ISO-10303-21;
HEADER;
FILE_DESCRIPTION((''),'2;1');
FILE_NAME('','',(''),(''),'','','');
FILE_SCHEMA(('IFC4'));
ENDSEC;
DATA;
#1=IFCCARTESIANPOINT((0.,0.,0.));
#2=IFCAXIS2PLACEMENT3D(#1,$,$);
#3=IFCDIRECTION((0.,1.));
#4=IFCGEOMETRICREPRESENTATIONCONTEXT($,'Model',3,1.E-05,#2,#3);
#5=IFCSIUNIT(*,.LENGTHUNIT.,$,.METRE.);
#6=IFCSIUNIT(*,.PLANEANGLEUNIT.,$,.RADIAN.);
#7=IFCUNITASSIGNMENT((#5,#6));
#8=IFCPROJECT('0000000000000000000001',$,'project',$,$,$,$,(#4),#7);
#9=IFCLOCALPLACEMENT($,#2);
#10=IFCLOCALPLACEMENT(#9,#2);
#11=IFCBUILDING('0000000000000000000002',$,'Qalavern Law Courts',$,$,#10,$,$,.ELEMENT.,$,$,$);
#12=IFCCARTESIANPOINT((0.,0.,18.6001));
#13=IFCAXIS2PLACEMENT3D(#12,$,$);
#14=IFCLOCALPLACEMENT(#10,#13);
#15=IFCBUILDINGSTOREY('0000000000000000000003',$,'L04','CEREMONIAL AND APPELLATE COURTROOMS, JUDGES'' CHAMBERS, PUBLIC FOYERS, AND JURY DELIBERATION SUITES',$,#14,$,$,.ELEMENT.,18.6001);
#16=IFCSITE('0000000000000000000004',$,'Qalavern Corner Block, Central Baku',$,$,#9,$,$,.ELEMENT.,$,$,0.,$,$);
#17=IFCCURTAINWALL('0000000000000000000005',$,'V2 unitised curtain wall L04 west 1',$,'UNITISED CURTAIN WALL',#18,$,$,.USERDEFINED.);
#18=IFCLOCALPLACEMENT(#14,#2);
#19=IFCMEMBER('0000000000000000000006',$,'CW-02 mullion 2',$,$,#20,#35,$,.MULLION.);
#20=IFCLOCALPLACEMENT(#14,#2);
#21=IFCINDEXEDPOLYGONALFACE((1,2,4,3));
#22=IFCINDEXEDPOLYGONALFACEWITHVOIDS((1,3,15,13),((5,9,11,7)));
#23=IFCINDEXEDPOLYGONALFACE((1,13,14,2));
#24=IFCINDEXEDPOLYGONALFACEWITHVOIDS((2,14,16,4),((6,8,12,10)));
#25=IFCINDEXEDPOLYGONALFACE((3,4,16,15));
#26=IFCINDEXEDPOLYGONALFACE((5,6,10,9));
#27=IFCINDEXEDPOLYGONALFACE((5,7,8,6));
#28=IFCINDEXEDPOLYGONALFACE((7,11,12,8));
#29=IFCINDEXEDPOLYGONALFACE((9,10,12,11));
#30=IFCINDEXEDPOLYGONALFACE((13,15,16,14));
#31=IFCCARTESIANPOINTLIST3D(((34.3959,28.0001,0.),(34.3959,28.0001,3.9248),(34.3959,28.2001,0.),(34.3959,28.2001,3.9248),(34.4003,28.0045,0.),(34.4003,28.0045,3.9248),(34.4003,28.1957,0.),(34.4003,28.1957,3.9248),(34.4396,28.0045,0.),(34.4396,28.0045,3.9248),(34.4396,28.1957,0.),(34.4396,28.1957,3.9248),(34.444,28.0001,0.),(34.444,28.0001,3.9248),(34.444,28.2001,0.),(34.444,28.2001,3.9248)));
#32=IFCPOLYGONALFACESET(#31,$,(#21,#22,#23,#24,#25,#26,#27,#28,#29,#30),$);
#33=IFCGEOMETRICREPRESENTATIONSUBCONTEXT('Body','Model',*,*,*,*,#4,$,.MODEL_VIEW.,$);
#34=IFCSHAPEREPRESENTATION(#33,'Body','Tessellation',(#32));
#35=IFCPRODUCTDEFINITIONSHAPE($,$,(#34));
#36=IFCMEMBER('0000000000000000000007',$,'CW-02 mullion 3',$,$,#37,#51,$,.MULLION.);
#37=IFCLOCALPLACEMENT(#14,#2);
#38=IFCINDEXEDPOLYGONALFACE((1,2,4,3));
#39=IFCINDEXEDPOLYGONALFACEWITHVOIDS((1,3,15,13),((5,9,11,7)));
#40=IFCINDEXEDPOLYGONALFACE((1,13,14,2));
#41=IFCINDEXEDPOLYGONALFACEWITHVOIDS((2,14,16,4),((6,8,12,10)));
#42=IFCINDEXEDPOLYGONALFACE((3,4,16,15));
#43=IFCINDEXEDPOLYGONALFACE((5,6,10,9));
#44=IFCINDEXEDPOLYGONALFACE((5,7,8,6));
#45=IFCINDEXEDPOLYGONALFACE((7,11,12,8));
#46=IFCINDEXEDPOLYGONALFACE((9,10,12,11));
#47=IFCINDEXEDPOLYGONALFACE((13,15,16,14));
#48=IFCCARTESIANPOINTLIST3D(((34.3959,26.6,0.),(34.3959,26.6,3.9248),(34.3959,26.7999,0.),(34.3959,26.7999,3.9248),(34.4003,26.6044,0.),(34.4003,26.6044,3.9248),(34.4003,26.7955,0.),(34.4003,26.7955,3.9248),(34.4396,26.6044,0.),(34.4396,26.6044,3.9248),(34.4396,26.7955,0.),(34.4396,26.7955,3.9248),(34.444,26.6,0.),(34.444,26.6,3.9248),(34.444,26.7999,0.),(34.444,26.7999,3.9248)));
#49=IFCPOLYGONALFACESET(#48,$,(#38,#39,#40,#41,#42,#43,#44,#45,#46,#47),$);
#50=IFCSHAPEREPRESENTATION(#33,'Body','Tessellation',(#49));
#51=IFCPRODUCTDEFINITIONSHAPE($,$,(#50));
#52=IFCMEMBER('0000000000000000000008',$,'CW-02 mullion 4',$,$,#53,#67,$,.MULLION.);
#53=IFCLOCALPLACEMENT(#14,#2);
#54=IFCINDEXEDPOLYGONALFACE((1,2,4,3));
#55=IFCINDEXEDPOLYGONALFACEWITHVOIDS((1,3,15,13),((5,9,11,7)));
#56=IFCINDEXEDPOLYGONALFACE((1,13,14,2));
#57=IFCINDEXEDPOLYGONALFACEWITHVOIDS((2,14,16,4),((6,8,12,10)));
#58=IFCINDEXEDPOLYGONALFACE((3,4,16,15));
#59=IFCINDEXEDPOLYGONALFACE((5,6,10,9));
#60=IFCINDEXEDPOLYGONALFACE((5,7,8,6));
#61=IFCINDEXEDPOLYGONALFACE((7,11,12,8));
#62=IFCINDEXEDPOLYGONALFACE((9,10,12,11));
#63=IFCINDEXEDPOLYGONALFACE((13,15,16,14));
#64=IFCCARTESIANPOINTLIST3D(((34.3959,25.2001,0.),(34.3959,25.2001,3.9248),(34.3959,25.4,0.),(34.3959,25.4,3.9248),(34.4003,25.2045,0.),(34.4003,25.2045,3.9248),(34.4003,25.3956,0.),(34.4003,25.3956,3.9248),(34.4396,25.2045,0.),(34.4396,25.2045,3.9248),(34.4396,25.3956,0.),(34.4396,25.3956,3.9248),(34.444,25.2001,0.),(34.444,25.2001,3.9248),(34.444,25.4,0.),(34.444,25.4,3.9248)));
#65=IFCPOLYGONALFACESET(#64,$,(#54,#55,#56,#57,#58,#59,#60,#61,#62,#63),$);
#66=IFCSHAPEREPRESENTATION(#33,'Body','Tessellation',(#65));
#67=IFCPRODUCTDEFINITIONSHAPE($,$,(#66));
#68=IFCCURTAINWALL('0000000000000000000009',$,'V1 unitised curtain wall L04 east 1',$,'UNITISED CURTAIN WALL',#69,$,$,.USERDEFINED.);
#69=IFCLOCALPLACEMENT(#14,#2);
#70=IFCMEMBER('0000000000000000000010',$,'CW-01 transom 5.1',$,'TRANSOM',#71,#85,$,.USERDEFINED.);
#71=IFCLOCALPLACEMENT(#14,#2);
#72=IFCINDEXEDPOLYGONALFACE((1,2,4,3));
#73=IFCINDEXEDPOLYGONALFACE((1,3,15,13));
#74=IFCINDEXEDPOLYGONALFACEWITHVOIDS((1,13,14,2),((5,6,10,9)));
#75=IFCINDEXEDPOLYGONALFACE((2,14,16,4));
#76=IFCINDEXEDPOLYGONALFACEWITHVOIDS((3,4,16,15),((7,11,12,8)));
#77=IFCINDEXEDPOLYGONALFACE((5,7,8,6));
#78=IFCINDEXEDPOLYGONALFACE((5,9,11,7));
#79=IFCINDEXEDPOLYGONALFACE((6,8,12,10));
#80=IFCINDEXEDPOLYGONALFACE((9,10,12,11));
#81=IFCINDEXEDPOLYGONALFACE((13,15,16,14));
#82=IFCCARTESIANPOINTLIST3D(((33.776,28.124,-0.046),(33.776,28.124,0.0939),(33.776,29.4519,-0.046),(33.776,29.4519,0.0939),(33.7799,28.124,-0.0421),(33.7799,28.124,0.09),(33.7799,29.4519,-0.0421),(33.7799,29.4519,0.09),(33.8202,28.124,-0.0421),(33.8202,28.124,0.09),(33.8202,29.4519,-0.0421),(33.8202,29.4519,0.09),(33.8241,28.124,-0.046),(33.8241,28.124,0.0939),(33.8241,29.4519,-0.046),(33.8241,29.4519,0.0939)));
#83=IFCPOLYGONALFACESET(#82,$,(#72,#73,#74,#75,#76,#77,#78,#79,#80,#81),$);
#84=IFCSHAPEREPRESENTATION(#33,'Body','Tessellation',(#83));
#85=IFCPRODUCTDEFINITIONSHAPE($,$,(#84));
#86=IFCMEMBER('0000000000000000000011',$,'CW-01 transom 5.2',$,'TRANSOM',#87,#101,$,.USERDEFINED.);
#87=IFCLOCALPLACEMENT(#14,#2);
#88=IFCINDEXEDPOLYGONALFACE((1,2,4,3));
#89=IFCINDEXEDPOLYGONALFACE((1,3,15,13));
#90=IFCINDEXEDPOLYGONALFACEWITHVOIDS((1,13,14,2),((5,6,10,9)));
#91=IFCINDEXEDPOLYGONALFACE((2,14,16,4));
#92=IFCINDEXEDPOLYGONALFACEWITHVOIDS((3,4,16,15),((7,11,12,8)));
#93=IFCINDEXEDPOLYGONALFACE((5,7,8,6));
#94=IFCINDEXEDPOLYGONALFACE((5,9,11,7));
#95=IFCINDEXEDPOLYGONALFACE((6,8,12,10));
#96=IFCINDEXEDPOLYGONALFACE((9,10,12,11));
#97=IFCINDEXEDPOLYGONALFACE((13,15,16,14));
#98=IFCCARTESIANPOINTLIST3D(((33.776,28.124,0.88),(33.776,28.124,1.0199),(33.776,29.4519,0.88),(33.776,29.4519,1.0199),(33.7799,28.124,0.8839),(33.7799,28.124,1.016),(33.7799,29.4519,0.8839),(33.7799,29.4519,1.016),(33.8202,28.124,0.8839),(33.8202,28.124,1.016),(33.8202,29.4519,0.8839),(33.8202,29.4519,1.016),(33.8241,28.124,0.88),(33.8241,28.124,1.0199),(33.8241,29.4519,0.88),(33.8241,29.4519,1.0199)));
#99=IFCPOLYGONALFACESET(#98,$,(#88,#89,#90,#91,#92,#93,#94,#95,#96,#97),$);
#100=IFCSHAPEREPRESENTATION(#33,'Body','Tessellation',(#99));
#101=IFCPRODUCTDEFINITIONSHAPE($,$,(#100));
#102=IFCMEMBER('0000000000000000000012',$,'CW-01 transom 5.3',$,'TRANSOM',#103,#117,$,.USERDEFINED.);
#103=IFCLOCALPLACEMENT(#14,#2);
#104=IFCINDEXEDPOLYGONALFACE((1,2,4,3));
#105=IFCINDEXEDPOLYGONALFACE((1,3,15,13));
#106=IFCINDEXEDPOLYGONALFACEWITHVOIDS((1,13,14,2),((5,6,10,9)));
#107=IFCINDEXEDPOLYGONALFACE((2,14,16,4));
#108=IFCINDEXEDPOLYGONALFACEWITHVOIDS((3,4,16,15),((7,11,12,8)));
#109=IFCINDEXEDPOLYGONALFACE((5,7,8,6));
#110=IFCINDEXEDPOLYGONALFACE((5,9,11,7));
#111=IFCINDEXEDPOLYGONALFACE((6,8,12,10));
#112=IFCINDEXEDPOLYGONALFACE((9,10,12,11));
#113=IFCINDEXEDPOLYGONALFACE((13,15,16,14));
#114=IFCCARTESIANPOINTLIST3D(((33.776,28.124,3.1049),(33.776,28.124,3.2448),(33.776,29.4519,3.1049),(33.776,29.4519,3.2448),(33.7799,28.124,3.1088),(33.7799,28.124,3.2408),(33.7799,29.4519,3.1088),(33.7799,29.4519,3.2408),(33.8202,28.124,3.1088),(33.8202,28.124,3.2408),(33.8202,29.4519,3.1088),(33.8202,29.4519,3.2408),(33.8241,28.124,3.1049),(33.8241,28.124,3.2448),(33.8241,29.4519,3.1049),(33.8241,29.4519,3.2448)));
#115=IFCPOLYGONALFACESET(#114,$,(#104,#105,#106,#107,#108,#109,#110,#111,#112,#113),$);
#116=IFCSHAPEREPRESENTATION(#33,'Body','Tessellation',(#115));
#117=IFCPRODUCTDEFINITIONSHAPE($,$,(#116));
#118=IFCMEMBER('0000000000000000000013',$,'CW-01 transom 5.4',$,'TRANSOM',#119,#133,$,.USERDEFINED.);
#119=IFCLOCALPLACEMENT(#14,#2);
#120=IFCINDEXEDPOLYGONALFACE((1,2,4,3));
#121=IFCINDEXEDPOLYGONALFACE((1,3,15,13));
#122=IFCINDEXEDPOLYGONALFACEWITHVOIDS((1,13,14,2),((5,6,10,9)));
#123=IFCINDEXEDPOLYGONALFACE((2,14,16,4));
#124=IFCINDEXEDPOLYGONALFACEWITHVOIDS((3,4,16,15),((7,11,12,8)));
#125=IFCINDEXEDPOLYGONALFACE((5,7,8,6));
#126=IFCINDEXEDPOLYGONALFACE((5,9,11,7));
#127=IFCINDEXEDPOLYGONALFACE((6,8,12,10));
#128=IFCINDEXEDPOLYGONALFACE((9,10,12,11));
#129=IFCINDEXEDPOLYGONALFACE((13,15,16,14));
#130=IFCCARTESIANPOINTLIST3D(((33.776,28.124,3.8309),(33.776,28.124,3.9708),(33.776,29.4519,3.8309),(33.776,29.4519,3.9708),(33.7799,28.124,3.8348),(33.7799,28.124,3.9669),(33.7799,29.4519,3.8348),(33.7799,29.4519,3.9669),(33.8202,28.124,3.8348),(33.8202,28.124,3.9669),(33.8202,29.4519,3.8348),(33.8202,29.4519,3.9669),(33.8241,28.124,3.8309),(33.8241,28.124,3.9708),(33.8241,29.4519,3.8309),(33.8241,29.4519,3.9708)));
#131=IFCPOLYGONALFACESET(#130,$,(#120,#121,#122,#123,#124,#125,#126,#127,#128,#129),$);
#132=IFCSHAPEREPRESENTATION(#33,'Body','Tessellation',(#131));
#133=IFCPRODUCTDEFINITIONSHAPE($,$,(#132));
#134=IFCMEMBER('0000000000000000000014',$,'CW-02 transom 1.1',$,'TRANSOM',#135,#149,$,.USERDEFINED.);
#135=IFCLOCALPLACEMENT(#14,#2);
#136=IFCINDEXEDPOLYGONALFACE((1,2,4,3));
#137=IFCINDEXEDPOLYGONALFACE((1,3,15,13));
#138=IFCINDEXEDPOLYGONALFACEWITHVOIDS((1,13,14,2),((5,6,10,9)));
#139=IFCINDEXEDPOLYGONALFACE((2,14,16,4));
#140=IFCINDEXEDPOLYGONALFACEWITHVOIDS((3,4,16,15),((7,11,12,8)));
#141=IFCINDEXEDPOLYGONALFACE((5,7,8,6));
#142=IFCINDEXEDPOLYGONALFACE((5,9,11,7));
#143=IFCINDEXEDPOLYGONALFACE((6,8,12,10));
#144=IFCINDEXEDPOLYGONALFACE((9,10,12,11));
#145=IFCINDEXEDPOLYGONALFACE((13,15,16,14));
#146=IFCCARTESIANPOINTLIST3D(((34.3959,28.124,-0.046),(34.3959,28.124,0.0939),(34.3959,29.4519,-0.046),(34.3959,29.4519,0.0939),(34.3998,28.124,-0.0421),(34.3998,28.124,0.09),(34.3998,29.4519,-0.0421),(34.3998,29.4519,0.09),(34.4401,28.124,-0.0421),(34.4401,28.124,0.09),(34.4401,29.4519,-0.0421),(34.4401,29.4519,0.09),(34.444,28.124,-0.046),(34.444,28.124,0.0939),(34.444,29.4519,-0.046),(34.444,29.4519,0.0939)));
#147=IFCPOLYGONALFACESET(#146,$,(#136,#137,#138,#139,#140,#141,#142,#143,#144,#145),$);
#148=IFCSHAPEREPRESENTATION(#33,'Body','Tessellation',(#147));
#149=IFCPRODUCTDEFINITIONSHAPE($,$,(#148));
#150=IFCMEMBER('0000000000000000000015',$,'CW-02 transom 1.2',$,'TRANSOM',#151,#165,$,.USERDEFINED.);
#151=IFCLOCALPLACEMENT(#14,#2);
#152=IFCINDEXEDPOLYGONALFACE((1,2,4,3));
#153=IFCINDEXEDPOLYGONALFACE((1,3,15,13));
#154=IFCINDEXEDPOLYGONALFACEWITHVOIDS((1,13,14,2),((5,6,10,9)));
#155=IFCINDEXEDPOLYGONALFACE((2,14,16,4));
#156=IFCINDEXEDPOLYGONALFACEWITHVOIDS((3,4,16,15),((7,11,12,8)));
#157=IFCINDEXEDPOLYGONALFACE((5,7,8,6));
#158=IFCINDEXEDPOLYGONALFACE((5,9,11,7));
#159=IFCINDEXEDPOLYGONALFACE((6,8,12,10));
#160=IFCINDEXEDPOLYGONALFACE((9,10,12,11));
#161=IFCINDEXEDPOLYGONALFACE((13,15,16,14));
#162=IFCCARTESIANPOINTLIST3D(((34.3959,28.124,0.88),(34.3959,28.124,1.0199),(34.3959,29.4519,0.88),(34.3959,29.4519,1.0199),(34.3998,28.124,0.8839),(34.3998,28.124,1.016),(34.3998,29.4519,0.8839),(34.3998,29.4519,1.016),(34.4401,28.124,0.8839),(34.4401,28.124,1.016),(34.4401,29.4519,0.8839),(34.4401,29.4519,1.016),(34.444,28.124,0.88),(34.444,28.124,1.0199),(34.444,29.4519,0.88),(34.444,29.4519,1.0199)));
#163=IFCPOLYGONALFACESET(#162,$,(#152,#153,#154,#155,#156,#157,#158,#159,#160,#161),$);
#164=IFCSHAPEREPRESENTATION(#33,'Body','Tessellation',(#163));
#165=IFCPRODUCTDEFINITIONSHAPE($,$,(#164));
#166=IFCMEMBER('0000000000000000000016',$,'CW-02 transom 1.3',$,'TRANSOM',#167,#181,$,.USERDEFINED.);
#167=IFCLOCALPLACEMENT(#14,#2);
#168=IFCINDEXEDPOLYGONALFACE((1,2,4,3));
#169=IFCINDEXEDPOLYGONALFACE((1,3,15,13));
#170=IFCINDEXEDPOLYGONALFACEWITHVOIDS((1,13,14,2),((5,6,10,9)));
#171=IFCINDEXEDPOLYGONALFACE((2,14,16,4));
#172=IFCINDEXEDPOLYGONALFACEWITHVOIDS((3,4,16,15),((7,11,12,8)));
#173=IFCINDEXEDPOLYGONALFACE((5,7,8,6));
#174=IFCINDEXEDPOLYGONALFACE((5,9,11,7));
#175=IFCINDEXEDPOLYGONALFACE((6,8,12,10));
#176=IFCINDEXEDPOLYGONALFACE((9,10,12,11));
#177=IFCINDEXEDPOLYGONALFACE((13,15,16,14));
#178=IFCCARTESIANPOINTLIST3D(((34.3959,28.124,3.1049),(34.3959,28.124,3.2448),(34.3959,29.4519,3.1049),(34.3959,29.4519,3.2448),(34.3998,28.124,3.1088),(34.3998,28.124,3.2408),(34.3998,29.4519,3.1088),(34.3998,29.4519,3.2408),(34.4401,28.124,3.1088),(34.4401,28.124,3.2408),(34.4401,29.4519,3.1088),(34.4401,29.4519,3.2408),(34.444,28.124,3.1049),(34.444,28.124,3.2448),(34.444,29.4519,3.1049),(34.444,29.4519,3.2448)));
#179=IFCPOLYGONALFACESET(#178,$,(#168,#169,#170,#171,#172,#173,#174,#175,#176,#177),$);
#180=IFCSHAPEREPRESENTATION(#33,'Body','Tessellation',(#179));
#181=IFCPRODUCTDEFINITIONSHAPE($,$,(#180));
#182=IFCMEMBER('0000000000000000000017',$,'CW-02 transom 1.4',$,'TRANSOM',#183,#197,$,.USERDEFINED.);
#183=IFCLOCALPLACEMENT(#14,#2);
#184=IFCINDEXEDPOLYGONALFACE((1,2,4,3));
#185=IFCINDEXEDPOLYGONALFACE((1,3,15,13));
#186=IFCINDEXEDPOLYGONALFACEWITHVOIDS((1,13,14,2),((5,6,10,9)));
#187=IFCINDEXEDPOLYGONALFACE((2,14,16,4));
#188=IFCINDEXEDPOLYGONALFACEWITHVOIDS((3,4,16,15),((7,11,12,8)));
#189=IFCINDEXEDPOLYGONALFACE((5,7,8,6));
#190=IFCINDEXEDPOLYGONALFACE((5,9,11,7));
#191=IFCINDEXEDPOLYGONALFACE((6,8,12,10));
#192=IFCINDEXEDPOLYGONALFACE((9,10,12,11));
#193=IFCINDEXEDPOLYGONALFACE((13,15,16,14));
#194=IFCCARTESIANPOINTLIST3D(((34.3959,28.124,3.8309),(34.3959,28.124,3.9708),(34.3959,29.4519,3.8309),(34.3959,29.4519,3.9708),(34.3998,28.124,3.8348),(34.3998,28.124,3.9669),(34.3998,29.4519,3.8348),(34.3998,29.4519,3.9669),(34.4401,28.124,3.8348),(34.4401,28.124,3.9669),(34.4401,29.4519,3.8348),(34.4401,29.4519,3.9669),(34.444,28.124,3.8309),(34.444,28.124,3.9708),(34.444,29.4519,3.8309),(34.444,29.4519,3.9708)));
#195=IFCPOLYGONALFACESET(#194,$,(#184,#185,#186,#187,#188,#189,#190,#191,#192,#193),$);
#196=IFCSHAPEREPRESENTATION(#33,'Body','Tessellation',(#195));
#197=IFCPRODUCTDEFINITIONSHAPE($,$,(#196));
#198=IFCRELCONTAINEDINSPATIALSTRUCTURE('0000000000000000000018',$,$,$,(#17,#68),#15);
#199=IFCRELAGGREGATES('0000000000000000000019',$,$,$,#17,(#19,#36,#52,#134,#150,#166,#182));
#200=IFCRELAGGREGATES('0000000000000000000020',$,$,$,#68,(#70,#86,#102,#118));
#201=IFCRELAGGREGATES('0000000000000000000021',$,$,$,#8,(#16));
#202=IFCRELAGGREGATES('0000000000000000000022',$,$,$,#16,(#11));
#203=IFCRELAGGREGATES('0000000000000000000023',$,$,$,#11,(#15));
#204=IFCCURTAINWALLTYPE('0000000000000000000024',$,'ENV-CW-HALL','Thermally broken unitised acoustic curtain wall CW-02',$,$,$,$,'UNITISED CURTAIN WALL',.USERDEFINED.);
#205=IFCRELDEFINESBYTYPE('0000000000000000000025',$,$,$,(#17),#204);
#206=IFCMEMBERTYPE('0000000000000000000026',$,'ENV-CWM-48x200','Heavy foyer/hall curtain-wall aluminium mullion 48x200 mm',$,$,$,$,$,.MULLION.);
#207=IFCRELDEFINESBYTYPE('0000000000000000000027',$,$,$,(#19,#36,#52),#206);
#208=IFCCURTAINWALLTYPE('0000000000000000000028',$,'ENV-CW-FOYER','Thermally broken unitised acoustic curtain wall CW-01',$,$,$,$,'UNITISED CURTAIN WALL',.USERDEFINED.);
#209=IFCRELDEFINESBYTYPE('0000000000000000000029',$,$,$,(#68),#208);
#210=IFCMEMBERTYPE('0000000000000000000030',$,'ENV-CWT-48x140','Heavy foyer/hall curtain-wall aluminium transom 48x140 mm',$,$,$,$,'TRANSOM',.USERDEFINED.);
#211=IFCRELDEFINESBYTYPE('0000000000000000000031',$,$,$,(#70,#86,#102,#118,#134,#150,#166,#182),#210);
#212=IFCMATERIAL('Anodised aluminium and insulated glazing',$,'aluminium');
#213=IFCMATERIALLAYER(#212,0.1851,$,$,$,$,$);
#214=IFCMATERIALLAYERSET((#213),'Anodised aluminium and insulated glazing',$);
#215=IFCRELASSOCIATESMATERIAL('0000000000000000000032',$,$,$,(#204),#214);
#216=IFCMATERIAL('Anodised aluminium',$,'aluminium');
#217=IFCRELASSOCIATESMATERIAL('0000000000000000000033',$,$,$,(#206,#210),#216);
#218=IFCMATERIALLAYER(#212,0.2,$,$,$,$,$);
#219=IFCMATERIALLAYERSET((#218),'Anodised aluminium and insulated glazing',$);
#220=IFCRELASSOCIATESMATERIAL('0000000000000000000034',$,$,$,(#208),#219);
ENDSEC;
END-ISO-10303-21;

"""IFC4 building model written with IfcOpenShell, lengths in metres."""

from ifc_helpers import new_model, si_unit, direction, frame, origin, origin_2d, place, context, subcontext, project, spatial, hollow_rectangle, extrude, material, layer, layer_set, material_profile, profile_set, type_object, element, aggregate, save


model = new_model("IFC4")

# Units and contexts
model_context = context("Model", 3, precision=1e-05, world=origin(), true_north=direction((0.0, 1.0)))
body_context = subcontext(model_context, "Body", "Model", "MODEL_VIEW")
ifc_project = project(units=[si_unit("LENGTHUNIT", "METRE"), si_unit("PLANEANGLEUNIT", "RADIAN")], contexts=[model_context])

# Site, building, storey
site_placement = place(None, origin())
site = spatial("IfcSite", under=ifc_project, at=site_placement, Name="Qalavern Corner Block, Central Baku", CompositionType="ELEMENT", RefElevation=0.0)
building_placement = place(site_placement, origin())
building = spatial("IfcBuilding", under=site, at=building_placement, Name="Qalavern Law Courts", CompositionType="ELEMENT")
storey_placement = place(building_placement, frame((0.0, 0.0, 18.6001)))
storey = spatial("IfcBuildingStorey", under=building, at=storey_placement, Name="L04", Description="CEREMONIAL AND APPELLATE COURTROOMS, JUDGES' CHAMBERS, PUBLIC FOYERS, AND JURY DELIBERATION SUITES", CompositionType="ELEMENT", Elevation=18.6001)

# Curtain walls, members
ifc_material_1 = material(Name="Anodised aluminium and insulated glazing", Category="aluminium")
ifc_layer_1 = layer(ifc_material_1, 0.1851)
ifc_layer_set_1 = layer_set([ifc_layer_1], Name="Anodised aluminium and insulated glazing")
curtain_wall_type_1 = type_object("IfcCurtainWallType", Name="ENV-CW-HALL", Description="Thermally broken unitised acoustic curtain wall CW-02", ElementType="UNITISED CURTAIN WALL", PredefinedType="USERDEFINED", material=ifc_layer_set_1)
curtain_wall_1_placement = place(storey_placement, origin())
curtain_wall_1 = element("IfcCurtainWall", 1, at=curtain_wall_1_placement, inside=storey, type_object=curtain_wall_type_1, Name="V2 unitised curtain wall L04 west 1", ObjectType="UNITISED CURTAIN WALL", PredefinedType="USERDEFINED")
ifc_material_2 = material(Name="Anodised aluminium", Category="aluminium")
ifc_material_profile_1 = material_profile(ifc_material_2, hollow_rectangle(XDim=0.0481, YDim=0.2, WallThickness=0.0044, at=origin_2d()), Name="ALU MULLION 48x200")
ifc_profile_set_1 = profile_set([ifc_material_profile_1], Name="Anodised aluminium")
member_type_1 = type_object("IfcMemberType", Name="ENV-CWM-48x200", Description="Heavy foyer/hall curtain-wall aluminium mullion 48x200 mm", PredefinedType="MULLION", material=ifc_profile_set_1)
member_1_placement = place(storey_placement, frame((34.4199, 28.1001, 0.0), z_axis=(0.0, 0.0, 1.0), x_axis=(1.0, 0.0, 0.0)))
member_1 = element("IfcMember", 2, at=member_1_placement, type_object=member_type_1, Name="CW-02 mullion 2", PredefinedType="MULLION", context=body_context, shape_type="SweptSolid", body=[
    extrude(hollow_rectangle(XDim=0.0481, YDim=0.2, WallThickness=0.0044, at=origin_2d()), origin(), (0.0, 0.0, 1.0), 3.9248),
])
member_2_placement = place(storey_placement, frame((34.4199, 26.7, 0.0), z_axis=(0.0, 0.0, 1.0), x_axis=(1.0, 0.0, 0.0)))
member_2 = element("IfcMember", 3, at=member_2_placement, type_object=member_type_1, Name="CW-02 mullion 3", PredefinedType="MULLION", context=body_context, shape_type="SweptSolid", body=[
    extrude(hollow_rectangle(XDim=0.0481, YDim=0.2, WallThickness=0.0044, at=origin_2d()), origin(), (0.0, 0.0, 1.0), 3.9248),
])
member_3_placement = place(storey_placement, frame((34.4199, 25.3, 0.0), z_axis=(0.0, 0.0, 1.0), x_axis=(1.0, 0.0, 0.0)))
member_3 = element("IfcMember", 4, at=member_3_placement, type_object=member_type_1, Name="CW-02 mullion 4", PredefinedType="MULLION", context=body_context, shape_type="SweptSolid", body=[
    extrude(hollow_rectangle(XDim=0.0481, YDim=0.2, WallThickness=0.0044, at=origin_2d()), origin(), (0.0, 0.0, 1.0), 3.9248),
])
ifc_layer_2 = layer(ifc_material_1, 0.2)
ifc_layer_set_2 = layer_set([ifc_layer_2], Name="Anodised aluminium and insulated glazing")
curtain_wall_type_2 = type_object("IfcCurtainWallType", Name="ENV-CW-FOYER", Description="Thermally broken unitised acoustic curtain wall CW-01", ElementType="UNITISED CURTAIN WALL", PredefinedType="USERDEFINED", material=ifc_layer_set_2)
curtain_wall_2_placement = place(storey_placement, origin())
curtain_wall_2 = element("IfcCurtainWall", 5, at=curtain_wall_2_placement, inside=storey, type_object=curtain_wall_type_2, Name="V1 unitised curtain wall L04 east 1", ObjectType="UNITISED CURTAIN WALL", PredefinedType="USERDEFINED")
ifc_material_profile_2 = material_profile(ifc_material_2, hollow_rectangle(XDim=0.0481, YDim=0.1399, WallThickness=0.0039, at=origin_2d()), Name="ALU TRANSOM 48x140")
ifc_profile_set_2 = profile_set([ifc_material_profile_2], Name="Anodised aluminium")
member_type_2 = type_object("IfcMemberType", Name="ENV-CWT-48x140", Description="Heavy foyer/hall curtain-wall aluminium transom 48x140 mm", ElementType="TRANSOM", PredefinedType="USERDEFINED", material=ifc_profile_set_2)
member_4_placement = place(storey_placement, frame((33.8, 28.124, 0.0239), z_axis=(0.0, 1.0, 0.0), x_axis=(-1.0, 0.0, 0.0)))
member_4 = element("IfcMember", 6, at=member_4_placement, type_object=member_type_2, Name="CW-01 transom 5.1", ObjectType="TRANSOM", PredefinedType="USERDEFINED", context=body_context, shape_type="SweptSolid", body=[
    extrude(hollow_rectangle(XDim=0.0481, YDim=0.1399, WallThickness=0.0039, at=origin_2d()), origin(), (0.0, 0.0, 1.0), 1.3279),
])
member_5_placement = place(storey_placement, frame((33.8, 28.124, 0.95), z_axis=(0.0, 1.0, 0.0), x_axis=(-1.0, 0.0, 0.0)))
member_5 = element("IfcMember", 7, at=member_5_placement, type_object=member_type_2, Name="CW-01 transom 5.2", ObjectType="TRANSOM", PredefinedType="USERDEFINED", context=body_context, shape_type="SweptSolid", body=[
    extrude(hollow_rectangle(XDim=0.0481, YDim=0.1399, WallThickness=0.0039, at=origin_2d()), origin(), (0.0, 0.0, 1.0), 1.3279),
])
member_6_placement = place(storey_placement, frame((33.8, 28.124, 3.1748), z_axis=(0.0, 1.0, 0.0), x_axis=(-1.0, 0.0, 0.0)))
member_6 = element("IfcMember", 8, at=member_6_placement, type_object=member_type_2, Name="CW-01 transom 5.3", ObjectType="TRANSOM", PredefinedType="USERDEFINED", context=body_context, shape_type="SweptSolid", body=[
    extrude(hollow_rectangle(XDim=0.0481, YDim=0.1399, WallThickness=0.0039, at=origin_2d()), origin(), (0.0, 0.0, 1.0), 1.3279),
])
member_7_placement = place(storey_placement, frame((33.8, 28.124, 3.9009), z_axis=(0.0, 1.0, 0.0), x_axis=(-1.0, 0.0, 0.0)))
member_7 = element("IfcMember", 9, at=member_7_placement, type_object=member_type_2, Name="CW-01 transom 5.4", ObjectType="TRANSOM", PredefinedType="USERDEFINED", context=body_context, shape_type="SweptSolid", body=[
    extrude(hollow_rectangle(XDim=0.0481, YDim=0.1399, WallThickness=0.0039, at=origin_2d()), origin(), (0.0, 0.0, 1.0), 1.3279),
])

# Members
member_8_placement = place(storey_placement, frame((34.4199, 29.4519, 0.0239), z_axis=(0.0, -1.0, 0.0), x_axis=(1.0, 0.0, 0.0)))
member_8 = element("IfcMember", 10, at=member_8_placement, type_object=member_type_2, Name="CW-02 transom 1.1", ObjectType="TRANSOM", PredefinedType="USERDEFINED", context=body_context, shape_type="SweptSolid", body=[
    extrude(hollow_rectangle(XDim=0.0481, YDim=0.1399, WallThickness=0.0039, at=origin_2d()), origin(), (0.0, 0.0, 1.0), 1.3279),
])
member_9_placement = place(storey_placement, frame((34.4199, 29.4519, 0.95), z_axis=(0.0, -1.0, 0.0), x_axis=(1.0, 0.0, 0.0)))
member_9 = element("IfcMember", 11, at=member_9_placement, type_object=member_type_2, Name="CW-02 transom 1.2", ObjectType="TRANSOM", PredefinedType="USERDEFINED", context=body_context, shape_type="SweptSolid", body=[
    extrude(hollow_rectangle(XDim=0.0481, YDim=0.1399, WallThickness=0.0039, at=origin_2d()), origin(), (0.0, 0.0, 1.0), 1.3279),
])
member_10_placement = place(storey_placement, frame((34.4199, 29.4519, 3.1748), z_axis=(0.0, -1.0, 0.0), x_axis=(1.0, 0.0, 0.0)))
member_10 = element("IfcMember", 12, at=member_10_placement, type_object=member_type_2, Name="CW-02 transom 1.3", ObjectType="TRANSOM", PredefinedType="USERDEFINED", context=body_context, shape_type="SweptSolid", body=[
    extrude(hollow_rectangle(XDim=0.0481, YDim=0.1399, WallThickness=0.0039, at=origin_2d()), origin(), (0.0, 0.0, 1.0), 1.3279),
])
member_11_placement = place(storey_placement, frame((34.4199, 29.4519, 3.9009), z_axis=(0.0, -1.0, 0.0), x_axis=(1.0, 0.0, 0.0)))
member_11 = element("IfcMember", 13, at=member_11_placement, type_object=member_type_2, Name="CW-02 transom 1.4", ObjectType="TRANSOM", PredefinedType="USERDEFINED", context=body_context, shape_type="SweptSolid", body=[
    extrude(hollow_rectangle(XDim=0.0481, YDim=0.1399, WallThickness=0.0039, at=origin_2d()), origin(), (0.0, 0.0, 1.0), 1.3279),
])

aggregate(curtain_wall_1, [member_1, member_2, member_3, member_8, member_9, member_10, member_11])
aggregate(curtain_wall_2, [member_4, member_5, member_6, member_7])

save(model, "model.ifc")
